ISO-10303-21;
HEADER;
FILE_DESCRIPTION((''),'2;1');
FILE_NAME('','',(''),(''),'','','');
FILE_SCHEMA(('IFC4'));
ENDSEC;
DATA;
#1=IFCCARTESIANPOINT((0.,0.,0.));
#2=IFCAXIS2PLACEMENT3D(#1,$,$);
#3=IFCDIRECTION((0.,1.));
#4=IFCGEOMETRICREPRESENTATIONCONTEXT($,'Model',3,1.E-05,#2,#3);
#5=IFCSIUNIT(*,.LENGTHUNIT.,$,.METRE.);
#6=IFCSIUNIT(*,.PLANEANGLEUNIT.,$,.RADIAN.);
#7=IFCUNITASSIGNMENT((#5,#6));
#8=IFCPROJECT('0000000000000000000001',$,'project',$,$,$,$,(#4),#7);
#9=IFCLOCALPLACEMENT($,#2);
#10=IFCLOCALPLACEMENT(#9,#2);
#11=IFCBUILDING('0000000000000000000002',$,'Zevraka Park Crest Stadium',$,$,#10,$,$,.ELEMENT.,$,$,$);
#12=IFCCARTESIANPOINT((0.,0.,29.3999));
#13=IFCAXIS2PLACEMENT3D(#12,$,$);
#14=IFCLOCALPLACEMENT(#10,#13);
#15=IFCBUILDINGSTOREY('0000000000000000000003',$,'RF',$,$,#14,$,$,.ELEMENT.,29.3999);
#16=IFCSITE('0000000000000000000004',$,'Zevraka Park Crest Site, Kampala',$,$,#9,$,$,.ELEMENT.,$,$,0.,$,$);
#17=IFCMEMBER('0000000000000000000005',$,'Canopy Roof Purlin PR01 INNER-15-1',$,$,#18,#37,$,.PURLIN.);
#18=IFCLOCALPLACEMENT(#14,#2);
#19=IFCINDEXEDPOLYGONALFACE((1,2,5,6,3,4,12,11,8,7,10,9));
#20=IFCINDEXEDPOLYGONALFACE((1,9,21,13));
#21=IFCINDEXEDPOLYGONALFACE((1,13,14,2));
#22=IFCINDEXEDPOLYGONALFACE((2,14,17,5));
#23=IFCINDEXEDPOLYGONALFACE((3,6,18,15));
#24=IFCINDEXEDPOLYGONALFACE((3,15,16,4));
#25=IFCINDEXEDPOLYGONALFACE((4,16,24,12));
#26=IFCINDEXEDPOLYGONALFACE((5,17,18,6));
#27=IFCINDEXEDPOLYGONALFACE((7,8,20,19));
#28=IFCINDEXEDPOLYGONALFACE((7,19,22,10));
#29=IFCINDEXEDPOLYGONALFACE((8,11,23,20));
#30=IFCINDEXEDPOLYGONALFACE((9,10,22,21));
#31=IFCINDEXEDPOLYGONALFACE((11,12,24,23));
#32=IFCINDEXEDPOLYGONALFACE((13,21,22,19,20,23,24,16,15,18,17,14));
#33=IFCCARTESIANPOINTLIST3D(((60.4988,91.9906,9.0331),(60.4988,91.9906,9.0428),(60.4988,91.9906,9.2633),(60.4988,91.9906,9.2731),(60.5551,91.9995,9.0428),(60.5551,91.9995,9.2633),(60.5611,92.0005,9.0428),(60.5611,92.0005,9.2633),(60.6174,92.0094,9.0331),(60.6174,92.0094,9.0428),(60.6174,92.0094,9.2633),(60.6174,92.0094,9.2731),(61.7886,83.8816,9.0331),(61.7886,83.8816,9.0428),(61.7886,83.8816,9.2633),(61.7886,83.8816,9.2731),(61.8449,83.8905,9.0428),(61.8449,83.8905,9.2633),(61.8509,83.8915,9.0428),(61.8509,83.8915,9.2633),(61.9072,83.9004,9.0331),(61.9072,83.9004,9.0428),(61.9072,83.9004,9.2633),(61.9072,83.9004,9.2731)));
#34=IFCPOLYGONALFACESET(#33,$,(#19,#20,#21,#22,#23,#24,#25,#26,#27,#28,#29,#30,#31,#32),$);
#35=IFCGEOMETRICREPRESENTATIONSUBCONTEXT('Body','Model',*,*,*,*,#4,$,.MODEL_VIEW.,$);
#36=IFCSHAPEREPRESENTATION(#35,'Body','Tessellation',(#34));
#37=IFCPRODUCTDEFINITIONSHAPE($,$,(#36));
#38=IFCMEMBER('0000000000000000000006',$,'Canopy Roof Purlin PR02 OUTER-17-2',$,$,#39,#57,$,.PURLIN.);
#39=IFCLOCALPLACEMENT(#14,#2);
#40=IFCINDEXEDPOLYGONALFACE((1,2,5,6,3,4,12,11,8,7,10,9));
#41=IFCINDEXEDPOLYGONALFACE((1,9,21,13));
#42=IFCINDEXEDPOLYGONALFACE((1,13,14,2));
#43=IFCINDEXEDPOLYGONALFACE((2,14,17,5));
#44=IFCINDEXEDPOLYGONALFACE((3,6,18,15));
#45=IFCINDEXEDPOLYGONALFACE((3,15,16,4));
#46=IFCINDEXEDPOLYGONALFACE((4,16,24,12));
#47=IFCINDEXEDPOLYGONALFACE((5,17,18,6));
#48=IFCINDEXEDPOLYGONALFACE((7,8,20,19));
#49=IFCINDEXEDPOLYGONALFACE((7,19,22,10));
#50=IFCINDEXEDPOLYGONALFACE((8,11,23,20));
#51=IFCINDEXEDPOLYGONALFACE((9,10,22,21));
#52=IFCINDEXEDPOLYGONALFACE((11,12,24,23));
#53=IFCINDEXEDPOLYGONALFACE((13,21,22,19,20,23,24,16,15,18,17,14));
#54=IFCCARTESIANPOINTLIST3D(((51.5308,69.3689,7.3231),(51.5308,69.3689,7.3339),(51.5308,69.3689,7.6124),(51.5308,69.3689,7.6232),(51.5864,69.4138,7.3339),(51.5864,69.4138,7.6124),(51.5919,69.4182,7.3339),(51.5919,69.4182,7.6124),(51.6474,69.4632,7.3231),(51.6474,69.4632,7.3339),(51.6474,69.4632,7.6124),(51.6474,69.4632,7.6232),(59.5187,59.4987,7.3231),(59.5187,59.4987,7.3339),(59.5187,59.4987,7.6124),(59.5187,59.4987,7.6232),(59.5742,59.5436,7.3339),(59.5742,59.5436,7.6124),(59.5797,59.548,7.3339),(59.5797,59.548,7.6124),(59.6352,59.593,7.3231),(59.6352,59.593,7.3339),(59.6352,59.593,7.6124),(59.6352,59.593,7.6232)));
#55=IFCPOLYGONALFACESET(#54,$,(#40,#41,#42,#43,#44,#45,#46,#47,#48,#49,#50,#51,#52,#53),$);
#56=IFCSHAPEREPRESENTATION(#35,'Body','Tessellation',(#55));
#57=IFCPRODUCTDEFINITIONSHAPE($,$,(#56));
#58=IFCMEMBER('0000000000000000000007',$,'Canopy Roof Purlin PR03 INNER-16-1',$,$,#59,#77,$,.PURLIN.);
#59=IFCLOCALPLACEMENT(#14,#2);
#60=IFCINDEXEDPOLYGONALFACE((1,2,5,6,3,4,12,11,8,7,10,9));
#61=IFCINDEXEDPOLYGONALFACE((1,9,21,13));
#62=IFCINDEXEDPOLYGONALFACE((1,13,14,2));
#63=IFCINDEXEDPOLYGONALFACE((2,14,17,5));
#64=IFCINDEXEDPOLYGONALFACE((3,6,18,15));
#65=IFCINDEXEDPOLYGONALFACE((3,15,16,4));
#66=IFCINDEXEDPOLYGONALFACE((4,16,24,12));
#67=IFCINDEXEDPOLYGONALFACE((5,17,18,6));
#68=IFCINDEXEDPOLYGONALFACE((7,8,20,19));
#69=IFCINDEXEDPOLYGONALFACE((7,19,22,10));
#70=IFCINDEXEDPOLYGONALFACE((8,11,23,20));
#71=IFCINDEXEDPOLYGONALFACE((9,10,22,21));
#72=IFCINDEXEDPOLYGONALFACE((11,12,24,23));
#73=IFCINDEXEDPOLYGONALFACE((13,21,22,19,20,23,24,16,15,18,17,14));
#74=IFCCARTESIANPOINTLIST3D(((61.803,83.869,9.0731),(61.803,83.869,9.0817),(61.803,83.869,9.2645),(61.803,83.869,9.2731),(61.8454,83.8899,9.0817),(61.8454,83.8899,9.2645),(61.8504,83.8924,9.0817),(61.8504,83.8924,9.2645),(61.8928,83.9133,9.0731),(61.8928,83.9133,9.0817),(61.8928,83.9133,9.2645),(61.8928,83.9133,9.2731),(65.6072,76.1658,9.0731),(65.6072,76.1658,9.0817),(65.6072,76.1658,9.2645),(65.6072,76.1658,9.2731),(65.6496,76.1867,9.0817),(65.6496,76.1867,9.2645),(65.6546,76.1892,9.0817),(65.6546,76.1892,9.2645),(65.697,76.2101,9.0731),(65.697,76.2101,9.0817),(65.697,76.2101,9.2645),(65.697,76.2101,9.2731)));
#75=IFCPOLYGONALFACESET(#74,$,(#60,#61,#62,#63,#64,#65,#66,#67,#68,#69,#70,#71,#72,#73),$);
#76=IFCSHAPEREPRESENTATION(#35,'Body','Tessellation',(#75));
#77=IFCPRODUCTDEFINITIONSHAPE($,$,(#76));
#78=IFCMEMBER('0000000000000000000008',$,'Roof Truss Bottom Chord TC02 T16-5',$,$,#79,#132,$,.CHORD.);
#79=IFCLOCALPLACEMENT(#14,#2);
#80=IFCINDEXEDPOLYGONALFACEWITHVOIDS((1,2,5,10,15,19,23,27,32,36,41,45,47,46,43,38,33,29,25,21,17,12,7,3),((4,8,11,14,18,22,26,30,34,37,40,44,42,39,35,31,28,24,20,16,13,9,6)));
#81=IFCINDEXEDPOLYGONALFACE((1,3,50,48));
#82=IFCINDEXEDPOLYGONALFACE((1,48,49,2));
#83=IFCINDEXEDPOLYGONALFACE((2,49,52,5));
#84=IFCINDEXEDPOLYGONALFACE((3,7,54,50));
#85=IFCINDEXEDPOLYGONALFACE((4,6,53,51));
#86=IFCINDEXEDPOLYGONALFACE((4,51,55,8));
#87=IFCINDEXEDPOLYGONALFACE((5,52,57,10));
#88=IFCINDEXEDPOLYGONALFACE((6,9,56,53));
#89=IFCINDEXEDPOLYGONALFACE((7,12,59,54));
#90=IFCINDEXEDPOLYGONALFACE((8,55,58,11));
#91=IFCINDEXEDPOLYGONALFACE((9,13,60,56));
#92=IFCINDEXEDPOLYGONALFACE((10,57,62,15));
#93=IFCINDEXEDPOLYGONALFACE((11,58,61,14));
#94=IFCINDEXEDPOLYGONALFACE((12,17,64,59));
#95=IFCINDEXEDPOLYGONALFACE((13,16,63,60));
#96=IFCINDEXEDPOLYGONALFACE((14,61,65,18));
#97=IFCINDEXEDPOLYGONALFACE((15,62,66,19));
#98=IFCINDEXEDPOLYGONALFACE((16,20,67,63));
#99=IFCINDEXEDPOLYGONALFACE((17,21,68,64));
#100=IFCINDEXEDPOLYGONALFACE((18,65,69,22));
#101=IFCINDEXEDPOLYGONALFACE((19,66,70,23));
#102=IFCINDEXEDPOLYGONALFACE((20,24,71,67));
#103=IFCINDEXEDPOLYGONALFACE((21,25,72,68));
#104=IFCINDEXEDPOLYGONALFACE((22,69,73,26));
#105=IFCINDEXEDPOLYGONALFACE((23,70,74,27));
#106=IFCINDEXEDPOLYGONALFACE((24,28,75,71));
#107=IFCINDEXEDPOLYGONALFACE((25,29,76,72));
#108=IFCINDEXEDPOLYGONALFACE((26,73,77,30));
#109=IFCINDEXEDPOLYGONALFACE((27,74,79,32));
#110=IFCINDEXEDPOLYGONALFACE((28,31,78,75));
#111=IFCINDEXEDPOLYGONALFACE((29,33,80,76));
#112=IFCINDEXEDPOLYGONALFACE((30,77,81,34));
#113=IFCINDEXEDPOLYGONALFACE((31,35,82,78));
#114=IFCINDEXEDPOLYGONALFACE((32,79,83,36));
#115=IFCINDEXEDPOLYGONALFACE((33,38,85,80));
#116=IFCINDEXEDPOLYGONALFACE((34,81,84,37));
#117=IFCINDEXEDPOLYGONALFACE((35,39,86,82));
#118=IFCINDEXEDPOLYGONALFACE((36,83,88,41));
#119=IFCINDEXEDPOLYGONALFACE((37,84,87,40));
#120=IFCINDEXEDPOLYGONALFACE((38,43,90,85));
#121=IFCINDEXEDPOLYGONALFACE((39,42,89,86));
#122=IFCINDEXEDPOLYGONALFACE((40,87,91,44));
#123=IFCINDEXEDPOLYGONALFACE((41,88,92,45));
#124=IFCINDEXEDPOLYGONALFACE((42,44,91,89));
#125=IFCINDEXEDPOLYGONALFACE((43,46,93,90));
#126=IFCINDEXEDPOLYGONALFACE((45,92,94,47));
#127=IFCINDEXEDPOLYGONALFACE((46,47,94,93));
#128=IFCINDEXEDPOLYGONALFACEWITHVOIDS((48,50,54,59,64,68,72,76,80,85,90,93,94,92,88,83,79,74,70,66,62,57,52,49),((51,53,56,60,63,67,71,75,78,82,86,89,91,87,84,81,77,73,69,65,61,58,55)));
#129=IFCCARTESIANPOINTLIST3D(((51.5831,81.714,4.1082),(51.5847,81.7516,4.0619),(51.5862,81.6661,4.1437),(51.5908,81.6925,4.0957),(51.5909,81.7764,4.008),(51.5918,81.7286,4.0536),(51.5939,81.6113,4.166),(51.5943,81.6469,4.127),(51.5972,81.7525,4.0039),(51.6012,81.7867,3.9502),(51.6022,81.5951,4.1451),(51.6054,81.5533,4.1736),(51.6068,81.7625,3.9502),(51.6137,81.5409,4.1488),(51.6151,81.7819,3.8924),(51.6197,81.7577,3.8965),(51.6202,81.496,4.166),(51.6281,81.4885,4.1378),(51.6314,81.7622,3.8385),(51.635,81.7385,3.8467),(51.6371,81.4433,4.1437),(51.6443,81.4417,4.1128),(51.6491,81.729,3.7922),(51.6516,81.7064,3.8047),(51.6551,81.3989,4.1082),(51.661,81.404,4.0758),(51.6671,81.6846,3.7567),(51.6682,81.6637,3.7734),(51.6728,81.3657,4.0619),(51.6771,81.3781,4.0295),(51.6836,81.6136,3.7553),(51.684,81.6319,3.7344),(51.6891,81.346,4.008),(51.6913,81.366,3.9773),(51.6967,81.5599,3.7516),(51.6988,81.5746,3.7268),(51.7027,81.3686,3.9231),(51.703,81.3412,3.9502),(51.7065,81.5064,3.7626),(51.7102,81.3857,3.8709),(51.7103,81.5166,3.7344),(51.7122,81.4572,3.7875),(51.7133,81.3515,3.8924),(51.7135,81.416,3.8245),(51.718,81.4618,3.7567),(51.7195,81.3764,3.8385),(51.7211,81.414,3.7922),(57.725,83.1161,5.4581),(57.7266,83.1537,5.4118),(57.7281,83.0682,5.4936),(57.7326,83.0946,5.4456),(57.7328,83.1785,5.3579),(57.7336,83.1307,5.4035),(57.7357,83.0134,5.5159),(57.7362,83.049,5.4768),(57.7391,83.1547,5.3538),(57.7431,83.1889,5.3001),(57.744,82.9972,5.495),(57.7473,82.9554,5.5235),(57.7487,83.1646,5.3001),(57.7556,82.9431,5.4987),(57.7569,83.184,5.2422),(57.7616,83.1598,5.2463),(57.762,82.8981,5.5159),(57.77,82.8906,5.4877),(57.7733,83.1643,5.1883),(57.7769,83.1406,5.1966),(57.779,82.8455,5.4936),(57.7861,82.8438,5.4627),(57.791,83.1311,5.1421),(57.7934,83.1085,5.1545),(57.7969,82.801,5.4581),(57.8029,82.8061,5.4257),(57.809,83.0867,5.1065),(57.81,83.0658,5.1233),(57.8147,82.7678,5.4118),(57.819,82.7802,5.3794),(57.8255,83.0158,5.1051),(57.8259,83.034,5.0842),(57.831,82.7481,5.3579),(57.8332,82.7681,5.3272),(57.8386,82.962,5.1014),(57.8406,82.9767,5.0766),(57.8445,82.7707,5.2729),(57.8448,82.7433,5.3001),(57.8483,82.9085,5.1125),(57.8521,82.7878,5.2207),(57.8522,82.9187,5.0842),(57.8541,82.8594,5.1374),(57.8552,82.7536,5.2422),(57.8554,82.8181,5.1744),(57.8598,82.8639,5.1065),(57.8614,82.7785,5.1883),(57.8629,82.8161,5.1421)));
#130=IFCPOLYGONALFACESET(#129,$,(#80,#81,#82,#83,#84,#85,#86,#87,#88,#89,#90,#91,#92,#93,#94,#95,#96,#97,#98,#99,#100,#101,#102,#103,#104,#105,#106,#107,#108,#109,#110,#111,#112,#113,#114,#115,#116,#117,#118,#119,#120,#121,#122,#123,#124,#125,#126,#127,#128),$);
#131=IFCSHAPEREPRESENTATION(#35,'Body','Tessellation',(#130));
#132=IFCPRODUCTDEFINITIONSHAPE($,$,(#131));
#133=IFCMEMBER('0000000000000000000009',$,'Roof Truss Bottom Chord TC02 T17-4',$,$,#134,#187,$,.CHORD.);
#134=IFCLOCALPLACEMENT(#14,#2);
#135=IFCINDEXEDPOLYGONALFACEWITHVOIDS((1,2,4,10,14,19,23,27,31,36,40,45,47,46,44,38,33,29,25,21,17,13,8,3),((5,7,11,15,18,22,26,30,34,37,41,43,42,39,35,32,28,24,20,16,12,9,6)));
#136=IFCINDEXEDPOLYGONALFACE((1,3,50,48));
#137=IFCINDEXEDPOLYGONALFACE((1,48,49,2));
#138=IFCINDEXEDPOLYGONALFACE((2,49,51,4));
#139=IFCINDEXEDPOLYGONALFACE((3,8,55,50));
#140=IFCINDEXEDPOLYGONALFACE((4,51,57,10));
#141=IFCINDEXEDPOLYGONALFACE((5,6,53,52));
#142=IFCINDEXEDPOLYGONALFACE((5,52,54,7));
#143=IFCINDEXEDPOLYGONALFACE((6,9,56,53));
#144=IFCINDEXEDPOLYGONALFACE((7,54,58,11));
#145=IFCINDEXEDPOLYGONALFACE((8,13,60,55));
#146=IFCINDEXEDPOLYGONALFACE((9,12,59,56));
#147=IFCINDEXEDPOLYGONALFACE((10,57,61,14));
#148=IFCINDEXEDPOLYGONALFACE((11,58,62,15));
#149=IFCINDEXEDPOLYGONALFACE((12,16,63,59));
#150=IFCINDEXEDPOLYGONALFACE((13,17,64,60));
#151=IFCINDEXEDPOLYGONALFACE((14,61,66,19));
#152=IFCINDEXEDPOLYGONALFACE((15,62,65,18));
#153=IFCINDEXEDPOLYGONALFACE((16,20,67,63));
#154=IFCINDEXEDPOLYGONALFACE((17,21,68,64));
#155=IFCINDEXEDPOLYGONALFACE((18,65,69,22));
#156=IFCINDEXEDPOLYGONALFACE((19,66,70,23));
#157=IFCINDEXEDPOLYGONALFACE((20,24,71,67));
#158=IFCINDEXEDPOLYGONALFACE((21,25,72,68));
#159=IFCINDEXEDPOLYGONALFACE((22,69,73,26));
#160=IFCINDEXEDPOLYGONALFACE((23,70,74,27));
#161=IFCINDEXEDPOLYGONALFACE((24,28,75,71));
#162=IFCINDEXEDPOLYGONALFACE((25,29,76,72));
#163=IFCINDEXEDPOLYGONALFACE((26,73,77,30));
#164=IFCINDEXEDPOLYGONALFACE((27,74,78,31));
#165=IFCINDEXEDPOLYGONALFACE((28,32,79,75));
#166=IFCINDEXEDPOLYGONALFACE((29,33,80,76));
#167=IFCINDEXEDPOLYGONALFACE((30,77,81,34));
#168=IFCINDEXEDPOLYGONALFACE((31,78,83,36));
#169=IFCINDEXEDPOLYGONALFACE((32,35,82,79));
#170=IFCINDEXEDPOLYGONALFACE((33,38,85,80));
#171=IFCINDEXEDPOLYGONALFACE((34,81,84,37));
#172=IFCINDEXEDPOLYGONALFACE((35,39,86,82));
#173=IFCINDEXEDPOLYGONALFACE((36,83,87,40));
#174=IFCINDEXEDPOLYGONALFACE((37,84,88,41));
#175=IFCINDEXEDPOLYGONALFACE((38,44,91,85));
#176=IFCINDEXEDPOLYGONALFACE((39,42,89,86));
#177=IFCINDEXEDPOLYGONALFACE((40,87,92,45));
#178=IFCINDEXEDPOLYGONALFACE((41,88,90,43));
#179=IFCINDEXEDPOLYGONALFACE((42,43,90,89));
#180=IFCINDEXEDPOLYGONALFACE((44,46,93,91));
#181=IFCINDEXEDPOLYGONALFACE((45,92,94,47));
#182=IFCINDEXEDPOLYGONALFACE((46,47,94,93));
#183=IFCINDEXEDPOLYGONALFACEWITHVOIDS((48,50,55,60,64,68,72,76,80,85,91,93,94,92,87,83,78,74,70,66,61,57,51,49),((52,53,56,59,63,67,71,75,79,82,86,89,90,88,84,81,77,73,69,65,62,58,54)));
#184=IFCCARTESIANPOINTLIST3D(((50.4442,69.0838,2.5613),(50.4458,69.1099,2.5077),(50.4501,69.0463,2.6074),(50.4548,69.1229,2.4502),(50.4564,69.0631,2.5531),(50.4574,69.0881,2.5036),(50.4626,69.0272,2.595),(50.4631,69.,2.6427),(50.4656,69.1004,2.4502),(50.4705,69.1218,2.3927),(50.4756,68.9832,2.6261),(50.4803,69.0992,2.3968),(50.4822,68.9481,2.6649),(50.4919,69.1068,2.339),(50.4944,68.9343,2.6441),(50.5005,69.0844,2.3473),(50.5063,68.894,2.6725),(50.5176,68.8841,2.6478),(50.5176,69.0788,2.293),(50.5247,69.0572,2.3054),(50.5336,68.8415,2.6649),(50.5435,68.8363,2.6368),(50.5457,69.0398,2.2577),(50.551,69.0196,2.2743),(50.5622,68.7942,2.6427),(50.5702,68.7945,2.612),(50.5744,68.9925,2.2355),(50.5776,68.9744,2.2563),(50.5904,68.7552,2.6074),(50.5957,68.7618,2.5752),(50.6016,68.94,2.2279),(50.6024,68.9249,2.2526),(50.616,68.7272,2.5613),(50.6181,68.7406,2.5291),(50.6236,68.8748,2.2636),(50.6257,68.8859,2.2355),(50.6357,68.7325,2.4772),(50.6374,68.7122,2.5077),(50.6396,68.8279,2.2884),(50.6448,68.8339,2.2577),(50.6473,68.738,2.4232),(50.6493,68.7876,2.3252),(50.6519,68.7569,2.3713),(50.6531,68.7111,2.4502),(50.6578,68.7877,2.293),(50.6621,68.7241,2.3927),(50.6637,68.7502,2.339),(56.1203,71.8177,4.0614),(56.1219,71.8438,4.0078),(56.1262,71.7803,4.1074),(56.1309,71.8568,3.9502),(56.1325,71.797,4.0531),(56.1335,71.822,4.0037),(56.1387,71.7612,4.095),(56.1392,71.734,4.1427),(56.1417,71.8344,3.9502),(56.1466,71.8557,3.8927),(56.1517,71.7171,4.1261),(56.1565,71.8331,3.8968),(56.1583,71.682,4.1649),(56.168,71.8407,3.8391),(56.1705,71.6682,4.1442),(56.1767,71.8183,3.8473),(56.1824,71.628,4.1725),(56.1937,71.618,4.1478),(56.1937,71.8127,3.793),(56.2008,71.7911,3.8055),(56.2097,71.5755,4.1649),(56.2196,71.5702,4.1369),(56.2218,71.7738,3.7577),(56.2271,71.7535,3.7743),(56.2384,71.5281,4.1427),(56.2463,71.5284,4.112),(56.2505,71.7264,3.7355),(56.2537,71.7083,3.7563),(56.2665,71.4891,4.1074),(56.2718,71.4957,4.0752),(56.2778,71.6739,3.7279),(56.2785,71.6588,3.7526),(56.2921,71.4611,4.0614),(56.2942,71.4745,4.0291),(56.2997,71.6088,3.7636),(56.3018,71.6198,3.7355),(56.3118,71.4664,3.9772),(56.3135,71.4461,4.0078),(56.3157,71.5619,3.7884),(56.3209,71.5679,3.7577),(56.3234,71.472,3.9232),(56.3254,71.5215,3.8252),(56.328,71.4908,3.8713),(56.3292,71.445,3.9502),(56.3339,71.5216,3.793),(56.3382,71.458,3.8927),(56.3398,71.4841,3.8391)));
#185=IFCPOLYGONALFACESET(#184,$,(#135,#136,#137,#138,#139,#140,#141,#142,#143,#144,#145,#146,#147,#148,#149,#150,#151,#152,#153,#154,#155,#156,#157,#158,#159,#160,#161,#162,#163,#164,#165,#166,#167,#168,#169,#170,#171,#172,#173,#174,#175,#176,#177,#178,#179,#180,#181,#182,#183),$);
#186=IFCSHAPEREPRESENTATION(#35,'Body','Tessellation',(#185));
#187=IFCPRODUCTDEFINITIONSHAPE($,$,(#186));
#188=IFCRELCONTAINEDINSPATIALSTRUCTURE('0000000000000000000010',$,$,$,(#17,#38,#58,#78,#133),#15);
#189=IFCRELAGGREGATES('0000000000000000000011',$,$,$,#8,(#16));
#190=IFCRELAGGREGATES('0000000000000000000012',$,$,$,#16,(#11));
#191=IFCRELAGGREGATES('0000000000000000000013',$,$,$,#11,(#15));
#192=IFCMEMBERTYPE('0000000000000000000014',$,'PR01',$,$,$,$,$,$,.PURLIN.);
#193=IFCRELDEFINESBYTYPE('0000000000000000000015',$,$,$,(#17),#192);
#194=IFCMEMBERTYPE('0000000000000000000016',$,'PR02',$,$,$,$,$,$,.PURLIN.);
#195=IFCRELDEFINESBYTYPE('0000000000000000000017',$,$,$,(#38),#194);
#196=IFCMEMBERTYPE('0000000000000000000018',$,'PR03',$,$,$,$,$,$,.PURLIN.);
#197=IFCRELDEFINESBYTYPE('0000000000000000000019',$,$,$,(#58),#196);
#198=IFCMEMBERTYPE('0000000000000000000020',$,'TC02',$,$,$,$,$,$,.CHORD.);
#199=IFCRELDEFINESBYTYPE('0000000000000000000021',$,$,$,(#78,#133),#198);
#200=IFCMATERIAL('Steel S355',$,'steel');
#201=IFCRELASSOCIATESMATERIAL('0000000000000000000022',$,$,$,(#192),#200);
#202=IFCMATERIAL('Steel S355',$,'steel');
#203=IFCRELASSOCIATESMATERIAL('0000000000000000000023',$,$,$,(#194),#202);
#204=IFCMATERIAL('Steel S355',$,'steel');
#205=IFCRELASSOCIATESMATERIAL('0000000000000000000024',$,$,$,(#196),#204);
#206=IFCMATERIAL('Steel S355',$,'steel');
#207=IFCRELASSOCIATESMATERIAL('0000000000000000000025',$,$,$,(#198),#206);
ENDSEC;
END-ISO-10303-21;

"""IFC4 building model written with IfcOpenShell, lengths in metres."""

from ifc_helpers import new_model, si_unit, direction, frame, origin, origin_2d, place, context, subcontext, project, spatial, hollow_circle, i_section, extrude, material, material_profile, profile_set, type_object, element, save


model = new_model("IFC4")

# Units and contexts
model_context = context("Model", 3, precision=1e-05, world=origin(), true_north=direction((0.0, 1.0)))
body_context = subcontext(model_context, "Body", "Model", "MODEL_VIEW")
ifc_project = project(units=[si_unit("LENGTHUNIT", "METRE"), si_unit("PLANEANGLEUNIT", "RADIAN")], contexts=[model_context])

# Site, building, storey
site_placement = place(None, origin())
site = spatial("IfcSite", under=ifc_project, at=site_placement, Name="Zevraka Park Crest Site, Kampala", CompositionType="ELEMENT", RefElevation=0.0)
building_placement = place(site_placement, origin())
building = spatial("IfcBuilding", under=site, at=building_placement, Name="Zevraka Park Crest Stadium", CompositionType="ELEMENT")
storey_placement = place(building_placement, frame((0.0, 0.0, 29.3999)))
storey = spatial("IfcBuildingStorey", under=building, at=storey_placement, Name="RF", CompositionType="ELEMENT", Elevation=29.3999)

# Members
ifc_material_1 = material(Name="Steel S355", Category="steel")
ifc_material_profile_1 = material_profile(ifc_material_1, i_section(OverallWidth=0.1201, OverallDepth=0.24, WebThickness=0.0061, FlangeThickness=0.0098, at=origin_2d()), Name="IPE 240")
ifc_profile_set_1 = profile_set([ifc_material_profile_1], Name="Steel S355")
member_type_1 = type_object("IfcMemberType", Name="PR01", PredefinedType="PURLIN", material=ifc_profile_set_1)
member_1_placement = place(storey_placement, frame((60.5581, 92.0, 9.1531), z_axis=(0.157085, -0.987585, 0.0), x_axis=(0.987585, 0.157085, 0.0)))
element("IfcMember", 1, at=member_1_placement, inside=storey, type_object=member_type_1, Name="Canopy Roof Purlin PR01 INNER-15-1", PredefinedType="PURLIN", context=body_context, shape_type="SweptSolid", body=[
    extrude(i_section(OverallWidth=0.1201, OverallDepth=0.24, WebThickness=0.0061, FlangeThickness=0.0098, at=origin_2d()), origin(), (0.0, 0.0, 1.0), 8.2109),
])
ifc_material_2 = material(Name="Steel S355", Category="steel")
ifc_material_profile_2 = material_profile(ifc_material_2, i_section(OverallWidth=0.1499, OverallDepth=0.3, WebThickness=0.0071, FlangeThickness=0.0107, at=origin_2d()), Name="IPE 300")
ifc_profile_set_2 = profile_set([ifc_material_profile_2], Name="Steel S355")
member_type_2 = type_object("IfcMemberType", Name="PR02", PredefinedType="PURLIN", material=ifc_profile_set_2)
member_2_placement = place(storey_placement, frame((51.5891, 69.416, 7.4731), z_axis=(0.629089, -0.777334, 0.0), x_axis=(0.777334, 0.629089, 0.0)))
element("IfcMember", 2, at=member_2_placement, inside=storey, type_object=member_type_2, Name="Canopy Roof Purlin PR02 OUTER-17-2", PredefinedType="PURLIN", context=body_context, shape_type="SweptSolid", body=[
    extrude(i_section(OverallWidth=0.1499, OverallDepth=0.3, WebThickness=0.0071, FlangeThickness=0.0107, at=origin_2d()), origin(), (0.0, 0.0, 1.0), 12.6975),
])
ifc_material_3 = material(Name="Steel S355", Category="steel")
ifc_material_profile_3 = material_profile(ifc_material_3, i_section(OverallWidth=0.1001, OverallDepth=0.2, WebThickness=0.0056, FlangeThickness=0.0085, at=origin_2d()), Name="IPE 200")
ifc_profile_set_3 = profile_set([ifc_material_profile_3], Name="Steel S355")
member_type_3 = type_object("IfcMemberType", Name="PR03", PredefinedType="PURLIN", material=ifc_profile_set_3)
member_3_placement = place(storey_placement, frame((61.8479, 83.8911, 9.1731), z_axis=(0.442798, -0.896621, 0.0), x_axis=(0.896621, 0.442798, 0.0)))
element("IfcMember", 3, at=member_3_placement, inside=storey, type_object=member_type_3, Name="Canopy Roof Purlin PR03 INNER-16-1", PredefinedType="PURLIN", context=body_context, shape_type="SweptSolid", body=[
    extrude(i_section(OverallWidth=0.1001, OverallDepth=0.2, WebThickness=0.0056, FlangeThickness=0.0085, at=origin_2d()), origin(), (0.0, 0.0, 1.0), 8.5913),
])
ifc_material_4 = material(Name="Steel S355", Category="steel")
ifc_material_profile_4 = material_profile(ifc_material_4, hollow_circle(Radius=0.2285, WallThickness=0.0249, at=origin_2d()), Name="CHS 457.0x25")
ifc_profile_set_4 = profile_set([ifc_material_profile_4], Name="Steel S355")
member_type_4 = type_object("IfcMemberType", Name="TC02", PredefinedType="CHORD", material=ifc_profile_set_4)
member_4_placement = place(storey_placement, frame((51.6521, 81.564, 3.9502), z_axis=(0.953282, 0.217621, 0.209512), x_axis=(-0.222561, 0.974919, 0.0)))
element("IfcMember", 4, at=member_4_placement, inside=storey, type_object=member_type_4, Name="Roof Truss Bottom Chord TC02 T16-5", PredefinedType="CHORD", context=body_context, shape_type="SweptSolid", body=[
    extrude(hollow_circle(Radius=0.2285, WallThickness=0.0249, at=origin_2d()), origin(), (0.0, 0.0, 1.0), 6.4429),
])
member_5_placement = place(storey_placement, frame((50.554, 68.917, 2.4502), z_axis=(0.876441, 0.422142, 0.231617), x_axis=(-0.433943, 0.900941, 0.0)))
element("IfcMember", 5, at=member_5_placement, inside=storey, type_object=member_type_4, Name="Roof Truss Bottom Chord TC02 T17-4", PredefinedType="CHORD", context=body_context, shape_type="SweptSolid", body=[
    extrude(hollow_circle(Radius=0.2285, WallThickness=0.0249, at=origin_2d()), origin(), (0.0, 0.0, 1.0), 6.4763),
])

save(model, "model.ifc")
